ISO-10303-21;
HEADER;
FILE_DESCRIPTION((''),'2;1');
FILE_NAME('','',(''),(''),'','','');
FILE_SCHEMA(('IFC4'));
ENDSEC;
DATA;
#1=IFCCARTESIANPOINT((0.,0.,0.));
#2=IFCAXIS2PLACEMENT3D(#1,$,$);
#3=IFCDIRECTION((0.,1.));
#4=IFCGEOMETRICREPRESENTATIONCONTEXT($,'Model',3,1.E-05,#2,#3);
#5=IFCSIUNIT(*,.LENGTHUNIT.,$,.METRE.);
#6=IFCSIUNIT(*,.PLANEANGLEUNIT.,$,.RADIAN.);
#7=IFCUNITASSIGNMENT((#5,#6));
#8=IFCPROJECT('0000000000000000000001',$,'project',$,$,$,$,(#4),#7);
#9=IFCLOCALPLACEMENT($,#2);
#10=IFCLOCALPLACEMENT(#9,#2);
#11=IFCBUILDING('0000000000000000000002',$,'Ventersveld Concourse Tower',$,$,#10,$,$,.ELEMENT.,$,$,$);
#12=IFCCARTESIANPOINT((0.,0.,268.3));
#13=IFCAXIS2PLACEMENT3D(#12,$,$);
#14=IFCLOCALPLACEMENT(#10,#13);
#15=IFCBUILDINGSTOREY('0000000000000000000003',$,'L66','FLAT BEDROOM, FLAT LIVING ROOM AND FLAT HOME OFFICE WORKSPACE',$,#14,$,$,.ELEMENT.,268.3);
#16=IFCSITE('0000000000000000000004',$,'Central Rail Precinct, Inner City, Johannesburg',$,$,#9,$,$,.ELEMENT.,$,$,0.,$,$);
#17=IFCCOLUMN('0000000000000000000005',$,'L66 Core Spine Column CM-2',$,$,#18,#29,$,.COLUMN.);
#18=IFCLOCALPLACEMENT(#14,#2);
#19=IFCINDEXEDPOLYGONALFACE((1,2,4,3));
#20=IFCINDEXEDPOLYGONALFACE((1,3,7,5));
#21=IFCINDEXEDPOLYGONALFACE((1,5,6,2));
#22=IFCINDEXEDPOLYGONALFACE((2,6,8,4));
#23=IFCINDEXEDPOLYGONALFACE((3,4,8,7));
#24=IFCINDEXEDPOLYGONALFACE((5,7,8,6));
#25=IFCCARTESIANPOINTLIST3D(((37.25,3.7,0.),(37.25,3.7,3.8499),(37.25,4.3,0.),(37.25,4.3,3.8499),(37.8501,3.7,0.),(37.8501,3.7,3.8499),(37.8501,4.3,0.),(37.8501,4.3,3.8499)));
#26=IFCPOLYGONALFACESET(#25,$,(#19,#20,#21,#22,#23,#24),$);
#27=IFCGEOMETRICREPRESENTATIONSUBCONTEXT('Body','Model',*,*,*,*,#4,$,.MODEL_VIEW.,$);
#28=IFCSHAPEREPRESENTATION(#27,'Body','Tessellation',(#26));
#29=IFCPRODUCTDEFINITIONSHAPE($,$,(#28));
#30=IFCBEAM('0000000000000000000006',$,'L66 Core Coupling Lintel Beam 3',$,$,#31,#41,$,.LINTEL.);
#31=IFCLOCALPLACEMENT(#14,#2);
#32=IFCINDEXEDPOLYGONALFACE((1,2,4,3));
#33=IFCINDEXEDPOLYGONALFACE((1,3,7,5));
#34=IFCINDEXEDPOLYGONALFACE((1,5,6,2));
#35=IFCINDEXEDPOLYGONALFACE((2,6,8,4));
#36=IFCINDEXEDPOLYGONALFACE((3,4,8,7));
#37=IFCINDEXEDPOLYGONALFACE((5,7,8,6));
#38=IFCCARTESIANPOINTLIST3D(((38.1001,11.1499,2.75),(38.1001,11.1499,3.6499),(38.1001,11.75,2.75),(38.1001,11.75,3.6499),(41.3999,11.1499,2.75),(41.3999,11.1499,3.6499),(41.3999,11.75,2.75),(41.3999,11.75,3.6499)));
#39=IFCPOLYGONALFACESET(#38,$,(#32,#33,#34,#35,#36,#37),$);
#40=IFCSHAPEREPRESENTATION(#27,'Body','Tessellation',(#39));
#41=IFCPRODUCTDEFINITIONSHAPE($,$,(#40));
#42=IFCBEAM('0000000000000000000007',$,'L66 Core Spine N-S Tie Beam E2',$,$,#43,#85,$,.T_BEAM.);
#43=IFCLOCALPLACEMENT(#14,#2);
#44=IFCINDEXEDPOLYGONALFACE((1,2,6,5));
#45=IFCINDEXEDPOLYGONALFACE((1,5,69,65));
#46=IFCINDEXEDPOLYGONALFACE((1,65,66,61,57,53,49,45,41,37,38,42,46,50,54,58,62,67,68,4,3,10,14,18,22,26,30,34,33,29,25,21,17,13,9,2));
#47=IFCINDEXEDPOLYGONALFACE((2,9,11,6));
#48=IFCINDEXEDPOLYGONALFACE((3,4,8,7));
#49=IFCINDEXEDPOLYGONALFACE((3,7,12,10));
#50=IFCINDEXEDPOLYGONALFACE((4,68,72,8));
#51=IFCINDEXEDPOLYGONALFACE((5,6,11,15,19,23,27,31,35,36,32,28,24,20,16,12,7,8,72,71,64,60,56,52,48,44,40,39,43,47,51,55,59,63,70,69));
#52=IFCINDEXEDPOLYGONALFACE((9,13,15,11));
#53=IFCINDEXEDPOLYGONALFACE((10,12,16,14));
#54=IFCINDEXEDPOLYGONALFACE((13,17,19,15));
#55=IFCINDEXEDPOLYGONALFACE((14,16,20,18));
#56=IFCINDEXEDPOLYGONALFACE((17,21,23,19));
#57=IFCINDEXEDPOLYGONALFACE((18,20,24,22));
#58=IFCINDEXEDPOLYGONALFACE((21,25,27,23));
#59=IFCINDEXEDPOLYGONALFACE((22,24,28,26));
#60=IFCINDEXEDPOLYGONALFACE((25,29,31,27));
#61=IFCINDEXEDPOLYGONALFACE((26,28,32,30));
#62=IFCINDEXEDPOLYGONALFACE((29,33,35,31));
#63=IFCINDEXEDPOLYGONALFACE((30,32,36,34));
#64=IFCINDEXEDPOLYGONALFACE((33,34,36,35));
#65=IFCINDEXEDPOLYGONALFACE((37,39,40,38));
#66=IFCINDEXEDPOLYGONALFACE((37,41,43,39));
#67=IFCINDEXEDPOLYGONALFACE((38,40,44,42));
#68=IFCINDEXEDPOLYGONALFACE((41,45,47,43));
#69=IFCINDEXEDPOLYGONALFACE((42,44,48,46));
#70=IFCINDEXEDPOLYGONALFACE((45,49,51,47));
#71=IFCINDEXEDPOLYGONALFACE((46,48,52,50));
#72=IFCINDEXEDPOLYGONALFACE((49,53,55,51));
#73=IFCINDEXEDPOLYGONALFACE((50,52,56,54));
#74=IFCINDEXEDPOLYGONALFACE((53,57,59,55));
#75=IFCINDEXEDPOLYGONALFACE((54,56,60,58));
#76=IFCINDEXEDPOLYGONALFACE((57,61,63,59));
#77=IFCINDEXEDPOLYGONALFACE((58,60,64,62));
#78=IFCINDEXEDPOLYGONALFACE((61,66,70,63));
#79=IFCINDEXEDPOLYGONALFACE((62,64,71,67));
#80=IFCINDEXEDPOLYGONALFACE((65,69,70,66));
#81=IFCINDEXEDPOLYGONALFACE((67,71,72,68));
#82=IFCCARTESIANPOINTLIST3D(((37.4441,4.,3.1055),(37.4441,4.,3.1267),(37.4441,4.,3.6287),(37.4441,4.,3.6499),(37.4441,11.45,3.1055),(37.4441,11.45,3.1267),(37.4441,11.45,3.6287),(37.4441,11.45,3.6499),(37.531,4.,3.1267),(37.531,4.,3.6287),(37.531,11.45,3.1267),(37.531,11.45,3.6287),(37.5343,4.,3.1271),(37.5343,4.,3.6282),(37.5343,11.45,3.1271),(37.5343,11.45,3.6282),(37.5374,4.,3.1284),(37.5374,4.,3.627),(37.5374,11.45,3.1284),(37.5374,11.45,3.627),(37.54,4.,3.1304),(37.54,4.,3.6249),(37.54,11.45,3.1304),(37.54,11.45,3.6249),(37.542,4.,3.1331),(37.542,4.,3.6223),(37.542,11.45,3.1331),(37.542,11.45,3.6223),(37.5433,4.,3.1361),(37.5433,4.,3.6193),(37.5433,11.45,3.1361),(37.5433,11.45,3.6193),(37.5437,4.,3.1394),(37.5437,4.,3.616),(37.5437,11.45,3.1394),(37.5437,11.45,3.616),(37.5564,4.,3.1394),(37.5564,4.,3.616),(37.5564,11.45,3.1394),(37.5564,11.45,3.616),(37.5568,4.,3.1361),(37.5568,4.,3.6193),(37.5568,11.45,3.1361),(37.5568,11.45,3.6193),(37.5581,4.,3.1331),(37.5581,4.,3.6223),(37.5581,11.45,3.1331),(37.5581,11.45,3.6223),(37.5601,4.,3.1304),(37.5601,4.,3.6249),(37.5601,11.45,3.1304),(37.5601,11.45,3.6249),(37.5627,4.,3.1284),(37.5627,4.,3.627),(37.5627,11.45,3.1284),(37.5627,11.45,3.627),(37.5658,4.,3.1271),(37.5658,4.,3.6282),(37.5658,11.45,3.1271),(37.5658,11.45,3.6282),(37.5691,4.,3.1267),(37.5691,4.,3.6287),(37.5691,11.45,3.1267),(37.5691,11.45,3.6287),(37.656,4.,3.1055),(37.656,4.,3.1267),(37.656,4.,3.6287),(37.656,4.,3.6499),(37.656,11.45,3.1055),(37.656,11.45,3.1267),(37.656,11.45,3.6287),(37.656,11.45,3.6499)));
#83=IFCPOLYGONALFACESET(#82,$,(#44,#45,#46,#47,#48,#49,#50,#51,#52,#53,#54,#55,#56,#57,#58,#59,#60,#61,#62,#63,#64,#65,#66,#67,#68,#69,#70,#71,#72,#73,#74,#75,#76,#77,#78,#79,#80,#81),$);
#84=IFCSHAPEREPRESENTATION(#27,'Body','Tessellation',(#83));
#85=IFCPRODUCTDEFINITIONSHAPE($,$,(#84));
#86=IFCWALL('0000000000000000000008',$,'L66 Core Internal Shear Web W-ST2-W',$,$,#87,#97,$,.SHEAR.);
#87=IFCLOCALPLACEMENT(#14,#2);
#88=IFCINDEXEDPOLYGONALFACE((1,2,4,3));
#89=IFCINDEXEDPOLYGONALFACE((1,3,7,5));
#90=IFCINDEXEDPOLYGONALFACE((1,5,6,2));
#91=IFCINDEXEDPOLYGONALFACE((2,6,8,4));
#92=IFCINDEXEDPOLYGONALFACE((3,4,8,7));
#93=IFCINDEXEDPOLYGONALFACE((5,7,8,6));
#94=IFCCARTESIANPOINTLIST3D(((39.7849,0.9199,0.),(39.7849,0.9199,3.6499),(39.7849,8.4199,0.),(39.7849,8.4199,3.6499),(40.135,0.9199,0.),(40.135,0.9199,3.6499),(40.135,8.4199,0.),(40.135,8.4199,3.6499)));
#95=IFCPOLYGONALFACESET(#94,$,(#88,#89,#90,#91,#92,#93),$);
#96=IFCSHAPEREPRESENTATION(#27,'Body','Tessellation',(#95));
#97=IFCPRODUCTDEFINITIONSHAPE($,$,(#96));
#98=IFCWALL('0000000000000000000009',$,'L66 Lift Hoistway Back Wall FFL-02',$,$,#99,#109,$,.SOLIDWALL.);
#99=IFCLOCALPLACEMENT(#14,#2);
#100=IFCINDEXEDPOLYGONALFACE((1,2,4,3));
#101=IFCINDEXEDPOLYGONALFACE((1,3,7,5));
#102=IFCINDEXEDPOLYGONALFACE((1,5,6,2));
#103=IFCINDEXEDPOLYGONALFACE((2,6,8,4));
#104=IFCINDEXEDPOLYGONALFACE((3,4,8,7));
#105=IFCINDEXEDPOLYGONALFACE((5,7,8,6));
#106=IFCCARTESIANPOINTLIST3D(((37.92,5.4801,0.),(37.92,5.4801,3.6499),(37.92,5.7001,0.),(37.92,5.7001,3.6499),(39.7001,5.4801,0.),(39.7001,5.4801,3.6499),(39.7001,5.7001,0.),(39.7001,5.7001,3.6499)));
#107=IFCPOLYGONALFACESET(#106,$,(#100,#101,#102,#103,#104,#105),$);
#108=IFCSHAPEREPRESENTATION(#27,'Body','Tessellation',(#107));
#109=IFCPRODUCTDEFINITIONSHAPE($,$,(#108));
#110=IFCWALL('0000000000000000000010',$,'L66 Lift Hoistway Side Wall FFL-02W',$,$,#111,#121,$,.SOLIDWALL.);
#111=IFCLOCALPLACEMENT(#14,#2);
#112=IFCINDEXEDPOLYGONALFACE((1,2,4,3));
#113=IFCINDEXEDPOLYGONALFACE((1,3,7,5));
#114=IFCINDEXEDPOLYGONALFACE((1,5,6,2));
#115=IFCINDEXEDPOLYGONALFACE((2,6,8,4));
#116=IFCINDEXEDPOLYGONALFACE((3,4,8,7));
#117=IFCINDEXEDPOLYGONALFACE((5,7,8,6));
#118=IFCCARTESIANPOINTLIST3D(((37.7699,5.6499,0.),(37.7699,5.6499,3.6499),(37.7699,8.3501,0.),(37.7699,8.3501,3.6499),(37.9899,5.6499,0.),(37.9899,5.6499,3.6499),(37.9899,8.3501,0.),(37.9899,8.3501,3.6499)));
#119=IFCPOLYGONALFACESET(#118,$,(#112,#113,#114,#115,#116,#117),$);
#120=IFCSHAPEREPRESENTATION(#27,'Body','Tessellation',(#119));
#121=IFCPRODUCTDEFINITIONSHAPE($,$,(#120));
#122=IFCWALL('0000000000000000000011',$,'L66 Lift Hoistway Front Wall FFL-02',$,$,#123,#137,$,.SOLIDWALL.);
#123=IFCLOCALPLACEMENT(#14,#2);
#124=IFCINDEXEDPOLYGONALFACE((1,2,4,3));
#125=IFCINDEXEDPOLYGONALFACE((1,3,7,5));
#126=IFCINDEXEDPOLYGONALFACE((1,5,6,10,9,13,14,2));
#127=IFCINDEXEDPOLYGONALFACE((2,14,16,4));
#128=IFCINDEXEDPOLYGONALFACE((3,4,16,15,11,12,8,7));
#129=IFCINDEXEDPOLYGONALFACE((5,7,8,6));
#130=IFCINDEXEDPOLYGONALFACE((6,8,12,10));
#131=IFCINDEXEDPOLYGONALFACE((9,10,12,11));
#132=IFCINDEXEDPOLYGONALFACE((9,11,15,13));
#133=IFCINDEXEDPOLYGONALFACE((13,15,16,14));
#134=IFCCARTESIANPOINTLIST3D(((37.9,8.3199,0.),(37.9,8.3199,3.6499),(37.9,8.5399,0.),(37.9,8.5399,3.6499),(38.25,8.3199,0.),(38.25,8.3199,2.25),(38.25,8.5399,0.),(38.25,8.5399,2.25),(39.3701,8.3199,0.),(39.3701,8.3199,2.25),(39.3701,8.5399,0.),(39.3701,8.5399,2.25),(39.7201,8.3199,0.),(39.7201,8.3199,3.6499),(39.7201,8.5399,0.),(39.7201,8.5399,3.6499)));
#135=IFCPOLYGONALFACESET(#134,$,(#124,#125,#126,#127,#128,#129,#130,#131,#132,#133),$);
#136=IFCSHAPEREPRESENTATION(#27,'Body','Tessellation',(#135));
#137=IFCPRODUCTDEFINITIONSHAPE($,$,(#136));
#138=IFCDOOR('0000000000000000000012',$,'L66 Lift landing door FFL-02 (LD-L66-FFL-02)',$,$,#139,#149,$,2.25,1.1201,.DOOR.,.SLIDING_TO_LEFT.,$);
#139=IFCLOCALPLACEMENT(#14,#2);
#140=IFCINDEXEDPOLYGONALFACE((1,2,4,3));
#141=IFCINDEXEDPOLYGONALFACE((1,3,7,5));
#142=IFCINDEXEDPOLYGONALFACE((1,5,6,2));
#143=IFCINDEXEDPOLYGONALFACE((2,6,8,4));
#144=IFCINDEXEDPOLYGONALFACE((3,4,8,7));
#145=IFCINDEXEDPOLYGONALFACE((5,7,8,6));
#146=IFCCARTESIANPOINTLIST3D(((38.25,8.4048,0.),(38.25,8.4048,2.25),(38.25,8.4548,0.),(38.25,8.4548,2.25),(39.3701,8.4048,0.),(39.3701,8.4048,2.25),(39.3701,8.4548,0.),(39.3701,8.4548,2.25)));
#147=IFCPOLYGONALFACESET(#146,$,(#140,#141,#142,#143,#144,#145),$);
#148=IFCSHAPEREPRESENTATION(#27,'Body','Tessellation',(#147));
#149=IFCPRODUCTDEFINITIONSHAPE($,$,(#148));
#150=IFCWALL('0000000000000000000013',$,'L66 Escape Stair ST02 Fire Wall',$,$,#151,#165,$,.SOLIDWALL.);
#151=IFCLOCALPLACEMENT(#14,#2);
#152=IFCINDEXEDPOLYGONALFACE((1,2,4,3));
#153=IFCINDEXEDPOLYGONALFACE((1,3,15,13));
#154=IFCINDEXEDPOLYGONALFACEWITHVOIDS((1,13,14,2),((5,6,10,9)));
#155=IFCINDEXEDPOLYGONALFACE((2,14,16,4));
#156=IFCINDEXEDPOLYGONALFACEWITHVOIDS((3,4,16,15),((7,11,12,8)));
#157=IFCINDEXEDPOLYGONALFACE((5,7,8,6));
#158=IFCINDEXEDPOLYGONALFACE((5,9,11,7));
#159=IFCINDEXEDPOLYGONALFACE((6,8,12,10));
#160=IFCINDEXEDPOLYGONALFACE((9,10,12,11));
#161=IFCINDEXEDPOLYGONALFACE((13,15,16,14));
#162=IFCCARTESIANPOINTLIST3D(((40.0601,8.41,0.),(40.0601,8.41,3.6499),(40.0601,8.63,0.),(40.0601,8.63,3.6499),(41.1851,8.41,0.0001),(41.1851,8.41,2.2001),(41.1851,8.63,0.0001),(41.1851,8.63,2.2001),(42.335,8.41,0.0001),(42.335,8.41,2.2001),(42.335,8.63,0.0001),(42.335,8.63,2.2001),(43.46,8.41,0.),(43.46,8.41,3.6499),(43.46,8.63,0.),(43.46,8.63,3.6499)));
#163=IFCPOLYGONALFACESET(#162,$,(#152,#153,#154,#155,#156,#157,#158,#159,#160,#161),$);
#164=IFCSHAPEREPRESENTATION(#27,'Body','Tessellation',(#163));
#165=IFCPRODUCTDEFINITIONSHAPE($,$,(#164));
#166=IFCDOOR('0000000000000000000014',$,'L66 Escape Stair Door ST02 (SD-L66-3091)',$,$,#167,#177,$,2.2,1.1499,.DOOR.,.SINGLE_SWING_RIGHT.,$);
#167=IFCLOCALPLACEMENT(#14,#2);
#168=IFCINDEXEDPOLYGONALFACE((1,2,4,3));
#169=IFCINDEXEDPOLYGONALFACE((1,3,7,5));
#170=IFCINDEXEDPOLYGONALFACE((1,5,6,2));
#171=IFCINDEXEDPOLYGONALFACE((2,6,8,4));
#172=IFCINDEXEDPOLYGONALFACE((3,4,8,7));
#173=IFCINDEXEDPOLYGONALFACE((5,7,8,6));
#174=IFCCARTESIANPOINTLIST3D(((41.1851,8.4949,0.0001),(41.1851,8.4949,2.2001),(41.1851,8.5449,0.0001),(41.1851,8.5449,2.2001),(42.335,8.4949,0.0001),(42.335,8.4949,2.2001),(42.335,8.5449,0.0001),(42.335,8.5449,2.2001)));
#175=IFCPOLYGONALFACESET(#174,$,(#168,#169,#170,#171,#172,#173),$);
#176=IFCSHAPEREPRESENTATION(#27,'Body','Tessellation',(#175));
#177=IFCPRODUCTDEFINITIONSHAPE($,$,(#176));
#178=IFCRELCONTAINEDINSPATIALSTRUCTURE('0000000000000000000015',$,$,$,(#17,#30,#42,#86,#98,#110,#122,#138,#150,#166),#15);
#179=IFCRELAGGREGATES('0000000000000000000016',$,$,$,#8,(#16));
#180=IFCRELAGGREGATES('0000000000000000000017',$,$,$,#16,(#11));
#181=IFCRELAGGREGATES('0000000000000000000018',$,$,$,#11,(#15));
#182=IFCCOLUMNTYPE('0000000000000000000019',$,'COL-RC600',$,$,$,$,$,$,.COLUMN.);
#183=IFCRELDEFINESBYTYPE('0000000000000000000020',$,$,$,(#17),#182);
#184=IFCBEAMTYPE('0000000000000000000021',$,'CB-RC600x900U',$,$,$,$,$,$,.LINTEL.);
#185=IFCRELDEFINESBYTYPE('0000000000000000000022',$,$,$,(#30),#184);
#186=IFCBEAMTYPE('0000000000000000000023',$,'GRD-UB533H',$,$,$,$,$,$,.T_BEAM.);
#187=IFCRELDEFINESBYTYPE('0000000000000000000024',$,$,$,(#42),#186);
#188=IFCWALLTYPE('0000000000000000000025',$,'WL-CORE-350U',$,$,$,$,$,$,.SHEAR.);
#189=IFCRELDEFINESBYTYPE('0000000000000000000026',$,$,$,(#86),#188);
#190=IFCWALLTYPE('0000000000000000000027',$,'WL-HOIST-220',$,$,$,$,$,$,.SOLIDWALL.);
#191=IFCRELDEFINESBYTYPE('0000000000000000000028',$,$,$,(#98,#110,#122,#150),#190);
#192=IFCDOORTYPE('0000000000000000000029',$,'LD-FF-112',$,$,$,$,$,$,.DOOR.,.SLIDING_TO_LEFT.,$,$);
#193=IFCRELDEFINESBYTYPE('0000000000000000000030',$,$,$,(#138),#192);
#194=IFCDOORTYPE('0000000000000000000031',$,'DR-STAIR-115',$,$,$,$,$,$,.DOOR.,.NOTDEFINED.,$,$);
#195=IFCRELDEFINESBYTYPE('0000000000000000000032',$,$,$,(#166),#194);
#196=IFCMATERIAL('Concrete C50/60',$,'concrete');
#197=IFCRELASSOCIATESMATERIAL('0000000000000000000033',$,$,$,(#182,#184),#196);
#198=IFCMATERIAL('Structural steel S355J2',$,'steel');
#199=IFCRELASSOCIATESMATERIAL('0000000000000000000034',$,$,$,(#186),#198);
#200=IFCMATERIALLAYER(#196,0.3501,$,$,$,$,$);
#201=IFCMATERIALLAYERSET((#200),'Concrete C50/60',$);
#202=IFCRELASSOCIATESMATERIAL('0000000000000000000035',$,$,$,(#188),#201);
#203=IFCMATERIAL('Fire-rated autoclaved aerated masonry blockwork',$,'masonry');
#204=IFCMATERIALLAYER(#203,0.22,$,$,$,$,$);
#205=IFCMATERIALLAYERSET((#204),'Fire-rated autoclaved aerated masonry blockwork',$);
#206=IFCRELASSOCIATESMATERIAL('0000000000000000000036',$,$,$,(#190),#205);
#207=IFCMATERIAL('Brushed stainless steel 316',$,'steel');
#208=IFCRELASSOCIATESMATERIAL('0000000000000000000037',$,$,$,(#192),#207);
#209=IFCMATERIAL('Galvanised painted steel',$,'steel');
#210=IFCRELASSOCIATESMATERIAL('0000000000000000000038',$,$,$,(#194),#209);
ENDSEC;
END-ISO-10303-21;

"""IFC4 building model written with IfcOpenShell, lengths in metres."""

from ifc_helpers import new_model, si_unit, direction, frame, frame_2d, origin, origin_2d, place, context, subcontext, project, spatial, rectangle, i_section, extrude, material, layer, layer_set, material_profile, profile_set, type_object, element, fill, save


model = new_model("IFC4")

# Units and contexts
model_context = context("Model", 3, precision=1e-05, world=origin(), true_north=direction((0.0, 1.0)))
body_context = subcontext(model_context, "Body", "Model", "MODEL_VIEW")
ifc_project = project(units=[si_unit("LENGTHUNIT", "METRE"), si_unit("PLANEANGLEUNIT", "RADIAN")], contexts=[model_context])

# Site, building, storey
site_placement = place(None, origin())
site = spatial("IfcSite", under=ifc_project, at=site_placement, Name="Central Rail Precinct, Inner City, Johannesburg", CompositionType="ELEMENT", RefElevation=0.0)
building_placement = place(site_placement, origin())
building = spatial("IfcBuilding", under=site, at=building_placement, Name="Ventersveld Concourse Tower", CompositionType="ELEMENT")
storey_placement = place(building_placement, frame((0.0, 0.0, 268.3)))
storey = spatial("IfcBuildingStorey", under=building, at=storey_placement, Name="L66", Description="FLAT BEDROOM, FLAT LIVING ROOM AND FLAT HOME OFFICE WORKSPACE", CompositionType="ELEMENT", Elevation=268.3)

# Column
ifc_material_1 = material(Name="Concrete C50/60", Category="concrete")
ifc_material_profile_1 = material_profile(ifc_material_1, rectangle(XDim=0.6001, YDim=0.6001, at=origin_2d()), Name="RC 600x600")
ifc_profile_set_1 = profile_set([ifc_material_profile_1], Name="Concrete C50/60")
column_type = type_object("IfcColumnType", Name="COL-RC600", PredefinedType="COLUMN", material=ifc_profile_set_1)
column_placement = place(storey_placement, frame((37.55, 4.0, 0.0), z_axis=(0.0, 0.0, 1.0), x_axis=(1.0, 0.0, 0.0)))
element("IfcColumn", 1, at=column_placement, inside=storey, type_object=column_type, Name="L66 Core Spine Column CM-2", PredefinedType="COLUMN", context=body_context, shape_type="SweptSolid", body=[
    extrude(rectangle(XDim=0.6001, YDim=0.6001, at=origin_2d()), origin(), (0.0, 0.0, 1.0), 3.8499),
])

# Beams
ifc_material_profile_2 = material_profile(ifc_material_1, rectangle(XDim=0.6001, YDim=0.8999, at=origin_2d()), Name="RC 600x900")
ifc_profile_set_2 = profile_set([ifc_material_profile_2], Name="Concrete C50/60")
beam_type_1 = type_object("IfcBeamType", Name="CB-RC600x900U", PredefinedType="LINTEL", material=ifc_profile_set_2)
beam_1_placement = place(storey_placement, frame((38.1001, 11.45, 3.2), z_axis=(1.0, 0.0, 0.0), x_axis=(0.0, 1.0, 0.0)))
element("IfcBeam", 2, at=beam_1_placement, inside=storey, type_object=beam_type_1, Name="L66 Core Coupling Lintel Beam 3", PredefinedType="LINTEL", context=body_context, shape_type="SweptSolid", body=[
    extrude(rectangle(XDim=0.6001, YDim=0.8999, at=origin_2d()), origin(), (0.0, 0.0, 1.0), 3.2998),
])
ifc_material_2 = material(Name="Structural steel S355J2", Category="steel")
ifc_material_profile_3 = material_profile(ifc_material_2, i_section(OverallWidth=0.2119, OverallDepth=0.5444, WebThickness=0.0127, FlangeThickness=0.0212, FilletRadius=0.0127, at=origin_2d()), Name="UB 533x210x122")
ifc_profile_set_3 = profile_set([ifc_material_profile_3], Name="Structural steel S355J2")
beam_type_2 = type_object("IfcBeamType", Name="GRD-UB533H", PredefinedType="T_BEAM", material=ifc_profile_set_3)
beam_2_placement = place(storey_placement, frame((37.55, 4.0, 3.3777), z_axis=(0.0, 1.0, 0.0), x_axis=(-1.0, 0.0, 0.0)))
element("IfcBeam", 3, at=beam_2_placement, inside=storey, type_object=beam_type_2, Name="L66 Core Spine N-S Tie Beam E2", PredefinedType="T_BEAM", context=body_context, shape_type="SweptSolid", body=[
    extrude(i_section(OverallWidth=0.2119, OverallDepth=0.5444, WebThickness=0.0127, FlangeThickness=0.0212, FilletRadius=0.0127, at=origin_2d()), origin(), (0.0, 0.0, 1.0), 7.45),
])

# Walls
ifc_layer_1 = layer(ifc_material_1, 0.3501)
ifc_layer_set_1 = layer_set([ifc_layer_1], Name="Concrete C50/60")
wall_type_1 = type_object("IfcWallType", Name="WL-CORE-350U", PredefinedType="SHEAR", material=ifc_layer_set_1)
wall_1_placement = place(storey_placement, frame((39.96, 0.9199, 0.0), z_axis=(0.0, 0.0, 1.0), x_axis=(0.0, 1.0, 0.0)))
element("IfcWall", 4, at=wall_1_placement, inside=storey, type_object=wall_type_1, Name="L66 Core Internal Shear Web W-ST2-W", PredefinedType="SHEAR", context=body_context, shape_type="SweptSolid", body=[
    extrude(rectangle(XDim=7.5, YDim=0.3501, at=frame_2d((3.75, 0.0))), origin(), (0.0, 0.0, 1.0), 3.6499),
])
ifc_material_3 = material(Name="Fire-rated autoclaved aerated masonry blockwork", Category="masonry")
ifc_layer_2 = layer(ifc_material_3, 0.22)
ifc_layer_set_2 = layer_set([ifc_layer_2], Name="Fire-rated autoclaved aerated masonry blockwork")
wall_type_2 = type_object("IfcWallType", Name="WL-HOIST-220", PredefinedType="SOLIDWALL", material=ifc_layer_set_2)
wall_2_placement = place(storey_placement, frame((37.9199, 5.5901, 0.0), z_axis=(0.0, 0.0, 1.0), x_axis=(1.0, 0.0, 0.0)))
element("IfcWall", 5, at=wall_2_placement, inside=storey, type_object=wall_type_2, Name="L66 Lift Hoistway Back Wall FFL-02", PredefinedType="SOLIDWALL", context=body_context, shape_type="SweptSolid", body=[
    extrude(rectangle(XDim=1.78, YDim=0.22, at=frame_2d((0.8901, 0.0))), origin(), (0.0, 0.0, 1.0), 3.6499),
])
wall_3_placement = place(storey_placement, frame((37.8799, 5.6499, 0.0), z_axis=(0.0, 0.0, 1.0), x_axis=(0.0, 1.0, 0.0)))
element("IfcWall", 6, at=wall_3_placement, inside=storey, type_object=wall_type_2, Name="L66 Lift Hoistway Side Wall FFL-02W", PredefinedType="SOLIDWALL", context=body_context, shape_type="SweptSolid", body=[
    extrude(rectangle(XDim=2.7002, YDim=0.22, at=frame_2d((1.3501, 0.0))), origin(), (0.0, 0.0, 1.0), 3.6499),
])

# Walls, openings, doors
wall_4_placement = place(storey_placement, frame((37.8999, 8.4299, 0.0), z_axis=(0.0, 0.0, 1.0), x_axis=(1.0, 0.0, 0.0)))
wall_4 = element("IfcWall", 7, at=wall_4_placement, inside=storey, type_object=wall_type_2, Name="L66 Lift Hoistway Front Wall FFL-02", PredefinedType="SOLIDWALL", context=body_context, shape_type="SweptSolid", body=[
    extrude(rectangle(XDim=1.8201, YDim=0.22, at=frame_2d((0.9102, 0.0))), origin(), (0.0, 0.0, 1.0), 3.6499),
])
opening_1_placement = place(wall_4_placement, frame((0.3501, 0.0, 0.0)))
opening_1 = element("IfcOpeningElement", 8, at=opening_1_placement, cuts=wall_4, PredefinedType="OPENING", context=body_context, shape_type="SweptSolid", body=[
    extrude(rectangle(XDim=1.1201, YDim=2.25, at=frame_2d((0.5601, 1.125))), frame((0.0, 0.1201, 0.0), z_axis=(0.0, -1.0, 0.0), x_axis=(1.0, 0.0, 0.0)), (0.0, 0.0, 1.0), 0.24),
])
ifc_material_4 = material(Name="Brushed stainless steel 316", Category="steel")
door_type_1 = type_object("IfcDoorType", Name="LD-FF-112", OperationType="SLIDING_TO_LEFT", PredefinedType="DOOR", material=ifc_material_4)
door_1_placement = place(opening_1_placement, origin())
door_1 = element("IfcDoor", 9, at=door_1_placement, inside=storey, type_object=door_type_1, Name="L66 Lift landing door FFL-02 (LD-L66-FFL-02)", OperationType="SLIDING_TO_LEFT", OverallHeight=2.25, OverallWidth=1.1201, PredefinedType="DOOR", context=body_context, shape_type="SweptSolid", body=[
    extrude(rectangle(XDim=1.1201, YDim=2.25, at=frame_2d((0.5601, 1.125))), frame((0.0, 0.0249, 0.0), z_axis=(0.0, -1.0, 0.0), x_axis=(1.0, 0.0, 0.0)), (0.0, 0.0, 1.0), 0.05),
])
fill(opening_1, door_1)
wall_5_placement = place(storey_placement, frame((40.0601, 8.52, 0.0), z_axis=(0.0, 0.0, 1.0), x_axis=(1.0, 0.0, 0.0)))
wall_5 = element("IfcWall", 10, at=wall_5_placement, inside=storey, type_object=wall_type_2, Name="L66 Escape Stair ST02 Fire Wall", PredefinedType="SOLIDWALL", context=body_context, shape_type="SweptSolid", body=[
    extrude(rectangle(XDim=3.3999, YDim=0.22, at=frame_2d((1.7, 0.0))), origin(), (0.0, 0.0, 1.0), 3.6499),
])
opening_2_placement = place(wall_5_placement, frame((1.125, 0.0, 0.0)))
opening_2 = element("IfcOpeningElement", 11, at=opening_2_placement, cuts=wall_5, PredefinedType="OPENING", context=body_context, shape_type="SweptSolid", body=[
    extrude(rectangle(XDim=1.1499, YDim=2.2, at=frame_2d((0.575, 1.1001))), frame((0.0, 0.1201, 0.0), z_axis=(0.0, -1.0, 0.0), x_axis=(1.0, 0.0, 0.0)), (0.0, 0.0, 1.0), 0.24),
])
ifc_material_5 = material(Name="Galvanised painted steel", Category="steel")
door_type_2 = type_object("IfcDoorType", Name="DR-STAIR-115", OperationType="NOTDEFINED", PredefinedType="DOOR", material=ifc_material_5)
door_2_placement = place(opening_2_placement, origin())
door_2 = element("IfcDoor", 12, at=door_2_placement, inside=storey, type_object=door_type_2, Name="L66 Escape Stair Door ST02 (SD-L66-3091)", OperationType="SINGLE_SWING_RIGHT", OverallHeight=2.2, OverallWidth=1.1499, PredefinedType="DOOR", context=body_context, shape_type="SweptSolid", body=[
    extrude(rectangle(XDim=1.1499, YDim=2.2, at=frame_2d((0.575, 1.1001))), frame((0.0, 0.0249, 0.0), z_axis=(0.0, -1.0, 0.0), x_axis=(1.0, 0.0, 0.0)), (0.0, 0.0, 1.0), 0.05),
])
fill(opening_2, door_2)

save(model, "model.ifc")
